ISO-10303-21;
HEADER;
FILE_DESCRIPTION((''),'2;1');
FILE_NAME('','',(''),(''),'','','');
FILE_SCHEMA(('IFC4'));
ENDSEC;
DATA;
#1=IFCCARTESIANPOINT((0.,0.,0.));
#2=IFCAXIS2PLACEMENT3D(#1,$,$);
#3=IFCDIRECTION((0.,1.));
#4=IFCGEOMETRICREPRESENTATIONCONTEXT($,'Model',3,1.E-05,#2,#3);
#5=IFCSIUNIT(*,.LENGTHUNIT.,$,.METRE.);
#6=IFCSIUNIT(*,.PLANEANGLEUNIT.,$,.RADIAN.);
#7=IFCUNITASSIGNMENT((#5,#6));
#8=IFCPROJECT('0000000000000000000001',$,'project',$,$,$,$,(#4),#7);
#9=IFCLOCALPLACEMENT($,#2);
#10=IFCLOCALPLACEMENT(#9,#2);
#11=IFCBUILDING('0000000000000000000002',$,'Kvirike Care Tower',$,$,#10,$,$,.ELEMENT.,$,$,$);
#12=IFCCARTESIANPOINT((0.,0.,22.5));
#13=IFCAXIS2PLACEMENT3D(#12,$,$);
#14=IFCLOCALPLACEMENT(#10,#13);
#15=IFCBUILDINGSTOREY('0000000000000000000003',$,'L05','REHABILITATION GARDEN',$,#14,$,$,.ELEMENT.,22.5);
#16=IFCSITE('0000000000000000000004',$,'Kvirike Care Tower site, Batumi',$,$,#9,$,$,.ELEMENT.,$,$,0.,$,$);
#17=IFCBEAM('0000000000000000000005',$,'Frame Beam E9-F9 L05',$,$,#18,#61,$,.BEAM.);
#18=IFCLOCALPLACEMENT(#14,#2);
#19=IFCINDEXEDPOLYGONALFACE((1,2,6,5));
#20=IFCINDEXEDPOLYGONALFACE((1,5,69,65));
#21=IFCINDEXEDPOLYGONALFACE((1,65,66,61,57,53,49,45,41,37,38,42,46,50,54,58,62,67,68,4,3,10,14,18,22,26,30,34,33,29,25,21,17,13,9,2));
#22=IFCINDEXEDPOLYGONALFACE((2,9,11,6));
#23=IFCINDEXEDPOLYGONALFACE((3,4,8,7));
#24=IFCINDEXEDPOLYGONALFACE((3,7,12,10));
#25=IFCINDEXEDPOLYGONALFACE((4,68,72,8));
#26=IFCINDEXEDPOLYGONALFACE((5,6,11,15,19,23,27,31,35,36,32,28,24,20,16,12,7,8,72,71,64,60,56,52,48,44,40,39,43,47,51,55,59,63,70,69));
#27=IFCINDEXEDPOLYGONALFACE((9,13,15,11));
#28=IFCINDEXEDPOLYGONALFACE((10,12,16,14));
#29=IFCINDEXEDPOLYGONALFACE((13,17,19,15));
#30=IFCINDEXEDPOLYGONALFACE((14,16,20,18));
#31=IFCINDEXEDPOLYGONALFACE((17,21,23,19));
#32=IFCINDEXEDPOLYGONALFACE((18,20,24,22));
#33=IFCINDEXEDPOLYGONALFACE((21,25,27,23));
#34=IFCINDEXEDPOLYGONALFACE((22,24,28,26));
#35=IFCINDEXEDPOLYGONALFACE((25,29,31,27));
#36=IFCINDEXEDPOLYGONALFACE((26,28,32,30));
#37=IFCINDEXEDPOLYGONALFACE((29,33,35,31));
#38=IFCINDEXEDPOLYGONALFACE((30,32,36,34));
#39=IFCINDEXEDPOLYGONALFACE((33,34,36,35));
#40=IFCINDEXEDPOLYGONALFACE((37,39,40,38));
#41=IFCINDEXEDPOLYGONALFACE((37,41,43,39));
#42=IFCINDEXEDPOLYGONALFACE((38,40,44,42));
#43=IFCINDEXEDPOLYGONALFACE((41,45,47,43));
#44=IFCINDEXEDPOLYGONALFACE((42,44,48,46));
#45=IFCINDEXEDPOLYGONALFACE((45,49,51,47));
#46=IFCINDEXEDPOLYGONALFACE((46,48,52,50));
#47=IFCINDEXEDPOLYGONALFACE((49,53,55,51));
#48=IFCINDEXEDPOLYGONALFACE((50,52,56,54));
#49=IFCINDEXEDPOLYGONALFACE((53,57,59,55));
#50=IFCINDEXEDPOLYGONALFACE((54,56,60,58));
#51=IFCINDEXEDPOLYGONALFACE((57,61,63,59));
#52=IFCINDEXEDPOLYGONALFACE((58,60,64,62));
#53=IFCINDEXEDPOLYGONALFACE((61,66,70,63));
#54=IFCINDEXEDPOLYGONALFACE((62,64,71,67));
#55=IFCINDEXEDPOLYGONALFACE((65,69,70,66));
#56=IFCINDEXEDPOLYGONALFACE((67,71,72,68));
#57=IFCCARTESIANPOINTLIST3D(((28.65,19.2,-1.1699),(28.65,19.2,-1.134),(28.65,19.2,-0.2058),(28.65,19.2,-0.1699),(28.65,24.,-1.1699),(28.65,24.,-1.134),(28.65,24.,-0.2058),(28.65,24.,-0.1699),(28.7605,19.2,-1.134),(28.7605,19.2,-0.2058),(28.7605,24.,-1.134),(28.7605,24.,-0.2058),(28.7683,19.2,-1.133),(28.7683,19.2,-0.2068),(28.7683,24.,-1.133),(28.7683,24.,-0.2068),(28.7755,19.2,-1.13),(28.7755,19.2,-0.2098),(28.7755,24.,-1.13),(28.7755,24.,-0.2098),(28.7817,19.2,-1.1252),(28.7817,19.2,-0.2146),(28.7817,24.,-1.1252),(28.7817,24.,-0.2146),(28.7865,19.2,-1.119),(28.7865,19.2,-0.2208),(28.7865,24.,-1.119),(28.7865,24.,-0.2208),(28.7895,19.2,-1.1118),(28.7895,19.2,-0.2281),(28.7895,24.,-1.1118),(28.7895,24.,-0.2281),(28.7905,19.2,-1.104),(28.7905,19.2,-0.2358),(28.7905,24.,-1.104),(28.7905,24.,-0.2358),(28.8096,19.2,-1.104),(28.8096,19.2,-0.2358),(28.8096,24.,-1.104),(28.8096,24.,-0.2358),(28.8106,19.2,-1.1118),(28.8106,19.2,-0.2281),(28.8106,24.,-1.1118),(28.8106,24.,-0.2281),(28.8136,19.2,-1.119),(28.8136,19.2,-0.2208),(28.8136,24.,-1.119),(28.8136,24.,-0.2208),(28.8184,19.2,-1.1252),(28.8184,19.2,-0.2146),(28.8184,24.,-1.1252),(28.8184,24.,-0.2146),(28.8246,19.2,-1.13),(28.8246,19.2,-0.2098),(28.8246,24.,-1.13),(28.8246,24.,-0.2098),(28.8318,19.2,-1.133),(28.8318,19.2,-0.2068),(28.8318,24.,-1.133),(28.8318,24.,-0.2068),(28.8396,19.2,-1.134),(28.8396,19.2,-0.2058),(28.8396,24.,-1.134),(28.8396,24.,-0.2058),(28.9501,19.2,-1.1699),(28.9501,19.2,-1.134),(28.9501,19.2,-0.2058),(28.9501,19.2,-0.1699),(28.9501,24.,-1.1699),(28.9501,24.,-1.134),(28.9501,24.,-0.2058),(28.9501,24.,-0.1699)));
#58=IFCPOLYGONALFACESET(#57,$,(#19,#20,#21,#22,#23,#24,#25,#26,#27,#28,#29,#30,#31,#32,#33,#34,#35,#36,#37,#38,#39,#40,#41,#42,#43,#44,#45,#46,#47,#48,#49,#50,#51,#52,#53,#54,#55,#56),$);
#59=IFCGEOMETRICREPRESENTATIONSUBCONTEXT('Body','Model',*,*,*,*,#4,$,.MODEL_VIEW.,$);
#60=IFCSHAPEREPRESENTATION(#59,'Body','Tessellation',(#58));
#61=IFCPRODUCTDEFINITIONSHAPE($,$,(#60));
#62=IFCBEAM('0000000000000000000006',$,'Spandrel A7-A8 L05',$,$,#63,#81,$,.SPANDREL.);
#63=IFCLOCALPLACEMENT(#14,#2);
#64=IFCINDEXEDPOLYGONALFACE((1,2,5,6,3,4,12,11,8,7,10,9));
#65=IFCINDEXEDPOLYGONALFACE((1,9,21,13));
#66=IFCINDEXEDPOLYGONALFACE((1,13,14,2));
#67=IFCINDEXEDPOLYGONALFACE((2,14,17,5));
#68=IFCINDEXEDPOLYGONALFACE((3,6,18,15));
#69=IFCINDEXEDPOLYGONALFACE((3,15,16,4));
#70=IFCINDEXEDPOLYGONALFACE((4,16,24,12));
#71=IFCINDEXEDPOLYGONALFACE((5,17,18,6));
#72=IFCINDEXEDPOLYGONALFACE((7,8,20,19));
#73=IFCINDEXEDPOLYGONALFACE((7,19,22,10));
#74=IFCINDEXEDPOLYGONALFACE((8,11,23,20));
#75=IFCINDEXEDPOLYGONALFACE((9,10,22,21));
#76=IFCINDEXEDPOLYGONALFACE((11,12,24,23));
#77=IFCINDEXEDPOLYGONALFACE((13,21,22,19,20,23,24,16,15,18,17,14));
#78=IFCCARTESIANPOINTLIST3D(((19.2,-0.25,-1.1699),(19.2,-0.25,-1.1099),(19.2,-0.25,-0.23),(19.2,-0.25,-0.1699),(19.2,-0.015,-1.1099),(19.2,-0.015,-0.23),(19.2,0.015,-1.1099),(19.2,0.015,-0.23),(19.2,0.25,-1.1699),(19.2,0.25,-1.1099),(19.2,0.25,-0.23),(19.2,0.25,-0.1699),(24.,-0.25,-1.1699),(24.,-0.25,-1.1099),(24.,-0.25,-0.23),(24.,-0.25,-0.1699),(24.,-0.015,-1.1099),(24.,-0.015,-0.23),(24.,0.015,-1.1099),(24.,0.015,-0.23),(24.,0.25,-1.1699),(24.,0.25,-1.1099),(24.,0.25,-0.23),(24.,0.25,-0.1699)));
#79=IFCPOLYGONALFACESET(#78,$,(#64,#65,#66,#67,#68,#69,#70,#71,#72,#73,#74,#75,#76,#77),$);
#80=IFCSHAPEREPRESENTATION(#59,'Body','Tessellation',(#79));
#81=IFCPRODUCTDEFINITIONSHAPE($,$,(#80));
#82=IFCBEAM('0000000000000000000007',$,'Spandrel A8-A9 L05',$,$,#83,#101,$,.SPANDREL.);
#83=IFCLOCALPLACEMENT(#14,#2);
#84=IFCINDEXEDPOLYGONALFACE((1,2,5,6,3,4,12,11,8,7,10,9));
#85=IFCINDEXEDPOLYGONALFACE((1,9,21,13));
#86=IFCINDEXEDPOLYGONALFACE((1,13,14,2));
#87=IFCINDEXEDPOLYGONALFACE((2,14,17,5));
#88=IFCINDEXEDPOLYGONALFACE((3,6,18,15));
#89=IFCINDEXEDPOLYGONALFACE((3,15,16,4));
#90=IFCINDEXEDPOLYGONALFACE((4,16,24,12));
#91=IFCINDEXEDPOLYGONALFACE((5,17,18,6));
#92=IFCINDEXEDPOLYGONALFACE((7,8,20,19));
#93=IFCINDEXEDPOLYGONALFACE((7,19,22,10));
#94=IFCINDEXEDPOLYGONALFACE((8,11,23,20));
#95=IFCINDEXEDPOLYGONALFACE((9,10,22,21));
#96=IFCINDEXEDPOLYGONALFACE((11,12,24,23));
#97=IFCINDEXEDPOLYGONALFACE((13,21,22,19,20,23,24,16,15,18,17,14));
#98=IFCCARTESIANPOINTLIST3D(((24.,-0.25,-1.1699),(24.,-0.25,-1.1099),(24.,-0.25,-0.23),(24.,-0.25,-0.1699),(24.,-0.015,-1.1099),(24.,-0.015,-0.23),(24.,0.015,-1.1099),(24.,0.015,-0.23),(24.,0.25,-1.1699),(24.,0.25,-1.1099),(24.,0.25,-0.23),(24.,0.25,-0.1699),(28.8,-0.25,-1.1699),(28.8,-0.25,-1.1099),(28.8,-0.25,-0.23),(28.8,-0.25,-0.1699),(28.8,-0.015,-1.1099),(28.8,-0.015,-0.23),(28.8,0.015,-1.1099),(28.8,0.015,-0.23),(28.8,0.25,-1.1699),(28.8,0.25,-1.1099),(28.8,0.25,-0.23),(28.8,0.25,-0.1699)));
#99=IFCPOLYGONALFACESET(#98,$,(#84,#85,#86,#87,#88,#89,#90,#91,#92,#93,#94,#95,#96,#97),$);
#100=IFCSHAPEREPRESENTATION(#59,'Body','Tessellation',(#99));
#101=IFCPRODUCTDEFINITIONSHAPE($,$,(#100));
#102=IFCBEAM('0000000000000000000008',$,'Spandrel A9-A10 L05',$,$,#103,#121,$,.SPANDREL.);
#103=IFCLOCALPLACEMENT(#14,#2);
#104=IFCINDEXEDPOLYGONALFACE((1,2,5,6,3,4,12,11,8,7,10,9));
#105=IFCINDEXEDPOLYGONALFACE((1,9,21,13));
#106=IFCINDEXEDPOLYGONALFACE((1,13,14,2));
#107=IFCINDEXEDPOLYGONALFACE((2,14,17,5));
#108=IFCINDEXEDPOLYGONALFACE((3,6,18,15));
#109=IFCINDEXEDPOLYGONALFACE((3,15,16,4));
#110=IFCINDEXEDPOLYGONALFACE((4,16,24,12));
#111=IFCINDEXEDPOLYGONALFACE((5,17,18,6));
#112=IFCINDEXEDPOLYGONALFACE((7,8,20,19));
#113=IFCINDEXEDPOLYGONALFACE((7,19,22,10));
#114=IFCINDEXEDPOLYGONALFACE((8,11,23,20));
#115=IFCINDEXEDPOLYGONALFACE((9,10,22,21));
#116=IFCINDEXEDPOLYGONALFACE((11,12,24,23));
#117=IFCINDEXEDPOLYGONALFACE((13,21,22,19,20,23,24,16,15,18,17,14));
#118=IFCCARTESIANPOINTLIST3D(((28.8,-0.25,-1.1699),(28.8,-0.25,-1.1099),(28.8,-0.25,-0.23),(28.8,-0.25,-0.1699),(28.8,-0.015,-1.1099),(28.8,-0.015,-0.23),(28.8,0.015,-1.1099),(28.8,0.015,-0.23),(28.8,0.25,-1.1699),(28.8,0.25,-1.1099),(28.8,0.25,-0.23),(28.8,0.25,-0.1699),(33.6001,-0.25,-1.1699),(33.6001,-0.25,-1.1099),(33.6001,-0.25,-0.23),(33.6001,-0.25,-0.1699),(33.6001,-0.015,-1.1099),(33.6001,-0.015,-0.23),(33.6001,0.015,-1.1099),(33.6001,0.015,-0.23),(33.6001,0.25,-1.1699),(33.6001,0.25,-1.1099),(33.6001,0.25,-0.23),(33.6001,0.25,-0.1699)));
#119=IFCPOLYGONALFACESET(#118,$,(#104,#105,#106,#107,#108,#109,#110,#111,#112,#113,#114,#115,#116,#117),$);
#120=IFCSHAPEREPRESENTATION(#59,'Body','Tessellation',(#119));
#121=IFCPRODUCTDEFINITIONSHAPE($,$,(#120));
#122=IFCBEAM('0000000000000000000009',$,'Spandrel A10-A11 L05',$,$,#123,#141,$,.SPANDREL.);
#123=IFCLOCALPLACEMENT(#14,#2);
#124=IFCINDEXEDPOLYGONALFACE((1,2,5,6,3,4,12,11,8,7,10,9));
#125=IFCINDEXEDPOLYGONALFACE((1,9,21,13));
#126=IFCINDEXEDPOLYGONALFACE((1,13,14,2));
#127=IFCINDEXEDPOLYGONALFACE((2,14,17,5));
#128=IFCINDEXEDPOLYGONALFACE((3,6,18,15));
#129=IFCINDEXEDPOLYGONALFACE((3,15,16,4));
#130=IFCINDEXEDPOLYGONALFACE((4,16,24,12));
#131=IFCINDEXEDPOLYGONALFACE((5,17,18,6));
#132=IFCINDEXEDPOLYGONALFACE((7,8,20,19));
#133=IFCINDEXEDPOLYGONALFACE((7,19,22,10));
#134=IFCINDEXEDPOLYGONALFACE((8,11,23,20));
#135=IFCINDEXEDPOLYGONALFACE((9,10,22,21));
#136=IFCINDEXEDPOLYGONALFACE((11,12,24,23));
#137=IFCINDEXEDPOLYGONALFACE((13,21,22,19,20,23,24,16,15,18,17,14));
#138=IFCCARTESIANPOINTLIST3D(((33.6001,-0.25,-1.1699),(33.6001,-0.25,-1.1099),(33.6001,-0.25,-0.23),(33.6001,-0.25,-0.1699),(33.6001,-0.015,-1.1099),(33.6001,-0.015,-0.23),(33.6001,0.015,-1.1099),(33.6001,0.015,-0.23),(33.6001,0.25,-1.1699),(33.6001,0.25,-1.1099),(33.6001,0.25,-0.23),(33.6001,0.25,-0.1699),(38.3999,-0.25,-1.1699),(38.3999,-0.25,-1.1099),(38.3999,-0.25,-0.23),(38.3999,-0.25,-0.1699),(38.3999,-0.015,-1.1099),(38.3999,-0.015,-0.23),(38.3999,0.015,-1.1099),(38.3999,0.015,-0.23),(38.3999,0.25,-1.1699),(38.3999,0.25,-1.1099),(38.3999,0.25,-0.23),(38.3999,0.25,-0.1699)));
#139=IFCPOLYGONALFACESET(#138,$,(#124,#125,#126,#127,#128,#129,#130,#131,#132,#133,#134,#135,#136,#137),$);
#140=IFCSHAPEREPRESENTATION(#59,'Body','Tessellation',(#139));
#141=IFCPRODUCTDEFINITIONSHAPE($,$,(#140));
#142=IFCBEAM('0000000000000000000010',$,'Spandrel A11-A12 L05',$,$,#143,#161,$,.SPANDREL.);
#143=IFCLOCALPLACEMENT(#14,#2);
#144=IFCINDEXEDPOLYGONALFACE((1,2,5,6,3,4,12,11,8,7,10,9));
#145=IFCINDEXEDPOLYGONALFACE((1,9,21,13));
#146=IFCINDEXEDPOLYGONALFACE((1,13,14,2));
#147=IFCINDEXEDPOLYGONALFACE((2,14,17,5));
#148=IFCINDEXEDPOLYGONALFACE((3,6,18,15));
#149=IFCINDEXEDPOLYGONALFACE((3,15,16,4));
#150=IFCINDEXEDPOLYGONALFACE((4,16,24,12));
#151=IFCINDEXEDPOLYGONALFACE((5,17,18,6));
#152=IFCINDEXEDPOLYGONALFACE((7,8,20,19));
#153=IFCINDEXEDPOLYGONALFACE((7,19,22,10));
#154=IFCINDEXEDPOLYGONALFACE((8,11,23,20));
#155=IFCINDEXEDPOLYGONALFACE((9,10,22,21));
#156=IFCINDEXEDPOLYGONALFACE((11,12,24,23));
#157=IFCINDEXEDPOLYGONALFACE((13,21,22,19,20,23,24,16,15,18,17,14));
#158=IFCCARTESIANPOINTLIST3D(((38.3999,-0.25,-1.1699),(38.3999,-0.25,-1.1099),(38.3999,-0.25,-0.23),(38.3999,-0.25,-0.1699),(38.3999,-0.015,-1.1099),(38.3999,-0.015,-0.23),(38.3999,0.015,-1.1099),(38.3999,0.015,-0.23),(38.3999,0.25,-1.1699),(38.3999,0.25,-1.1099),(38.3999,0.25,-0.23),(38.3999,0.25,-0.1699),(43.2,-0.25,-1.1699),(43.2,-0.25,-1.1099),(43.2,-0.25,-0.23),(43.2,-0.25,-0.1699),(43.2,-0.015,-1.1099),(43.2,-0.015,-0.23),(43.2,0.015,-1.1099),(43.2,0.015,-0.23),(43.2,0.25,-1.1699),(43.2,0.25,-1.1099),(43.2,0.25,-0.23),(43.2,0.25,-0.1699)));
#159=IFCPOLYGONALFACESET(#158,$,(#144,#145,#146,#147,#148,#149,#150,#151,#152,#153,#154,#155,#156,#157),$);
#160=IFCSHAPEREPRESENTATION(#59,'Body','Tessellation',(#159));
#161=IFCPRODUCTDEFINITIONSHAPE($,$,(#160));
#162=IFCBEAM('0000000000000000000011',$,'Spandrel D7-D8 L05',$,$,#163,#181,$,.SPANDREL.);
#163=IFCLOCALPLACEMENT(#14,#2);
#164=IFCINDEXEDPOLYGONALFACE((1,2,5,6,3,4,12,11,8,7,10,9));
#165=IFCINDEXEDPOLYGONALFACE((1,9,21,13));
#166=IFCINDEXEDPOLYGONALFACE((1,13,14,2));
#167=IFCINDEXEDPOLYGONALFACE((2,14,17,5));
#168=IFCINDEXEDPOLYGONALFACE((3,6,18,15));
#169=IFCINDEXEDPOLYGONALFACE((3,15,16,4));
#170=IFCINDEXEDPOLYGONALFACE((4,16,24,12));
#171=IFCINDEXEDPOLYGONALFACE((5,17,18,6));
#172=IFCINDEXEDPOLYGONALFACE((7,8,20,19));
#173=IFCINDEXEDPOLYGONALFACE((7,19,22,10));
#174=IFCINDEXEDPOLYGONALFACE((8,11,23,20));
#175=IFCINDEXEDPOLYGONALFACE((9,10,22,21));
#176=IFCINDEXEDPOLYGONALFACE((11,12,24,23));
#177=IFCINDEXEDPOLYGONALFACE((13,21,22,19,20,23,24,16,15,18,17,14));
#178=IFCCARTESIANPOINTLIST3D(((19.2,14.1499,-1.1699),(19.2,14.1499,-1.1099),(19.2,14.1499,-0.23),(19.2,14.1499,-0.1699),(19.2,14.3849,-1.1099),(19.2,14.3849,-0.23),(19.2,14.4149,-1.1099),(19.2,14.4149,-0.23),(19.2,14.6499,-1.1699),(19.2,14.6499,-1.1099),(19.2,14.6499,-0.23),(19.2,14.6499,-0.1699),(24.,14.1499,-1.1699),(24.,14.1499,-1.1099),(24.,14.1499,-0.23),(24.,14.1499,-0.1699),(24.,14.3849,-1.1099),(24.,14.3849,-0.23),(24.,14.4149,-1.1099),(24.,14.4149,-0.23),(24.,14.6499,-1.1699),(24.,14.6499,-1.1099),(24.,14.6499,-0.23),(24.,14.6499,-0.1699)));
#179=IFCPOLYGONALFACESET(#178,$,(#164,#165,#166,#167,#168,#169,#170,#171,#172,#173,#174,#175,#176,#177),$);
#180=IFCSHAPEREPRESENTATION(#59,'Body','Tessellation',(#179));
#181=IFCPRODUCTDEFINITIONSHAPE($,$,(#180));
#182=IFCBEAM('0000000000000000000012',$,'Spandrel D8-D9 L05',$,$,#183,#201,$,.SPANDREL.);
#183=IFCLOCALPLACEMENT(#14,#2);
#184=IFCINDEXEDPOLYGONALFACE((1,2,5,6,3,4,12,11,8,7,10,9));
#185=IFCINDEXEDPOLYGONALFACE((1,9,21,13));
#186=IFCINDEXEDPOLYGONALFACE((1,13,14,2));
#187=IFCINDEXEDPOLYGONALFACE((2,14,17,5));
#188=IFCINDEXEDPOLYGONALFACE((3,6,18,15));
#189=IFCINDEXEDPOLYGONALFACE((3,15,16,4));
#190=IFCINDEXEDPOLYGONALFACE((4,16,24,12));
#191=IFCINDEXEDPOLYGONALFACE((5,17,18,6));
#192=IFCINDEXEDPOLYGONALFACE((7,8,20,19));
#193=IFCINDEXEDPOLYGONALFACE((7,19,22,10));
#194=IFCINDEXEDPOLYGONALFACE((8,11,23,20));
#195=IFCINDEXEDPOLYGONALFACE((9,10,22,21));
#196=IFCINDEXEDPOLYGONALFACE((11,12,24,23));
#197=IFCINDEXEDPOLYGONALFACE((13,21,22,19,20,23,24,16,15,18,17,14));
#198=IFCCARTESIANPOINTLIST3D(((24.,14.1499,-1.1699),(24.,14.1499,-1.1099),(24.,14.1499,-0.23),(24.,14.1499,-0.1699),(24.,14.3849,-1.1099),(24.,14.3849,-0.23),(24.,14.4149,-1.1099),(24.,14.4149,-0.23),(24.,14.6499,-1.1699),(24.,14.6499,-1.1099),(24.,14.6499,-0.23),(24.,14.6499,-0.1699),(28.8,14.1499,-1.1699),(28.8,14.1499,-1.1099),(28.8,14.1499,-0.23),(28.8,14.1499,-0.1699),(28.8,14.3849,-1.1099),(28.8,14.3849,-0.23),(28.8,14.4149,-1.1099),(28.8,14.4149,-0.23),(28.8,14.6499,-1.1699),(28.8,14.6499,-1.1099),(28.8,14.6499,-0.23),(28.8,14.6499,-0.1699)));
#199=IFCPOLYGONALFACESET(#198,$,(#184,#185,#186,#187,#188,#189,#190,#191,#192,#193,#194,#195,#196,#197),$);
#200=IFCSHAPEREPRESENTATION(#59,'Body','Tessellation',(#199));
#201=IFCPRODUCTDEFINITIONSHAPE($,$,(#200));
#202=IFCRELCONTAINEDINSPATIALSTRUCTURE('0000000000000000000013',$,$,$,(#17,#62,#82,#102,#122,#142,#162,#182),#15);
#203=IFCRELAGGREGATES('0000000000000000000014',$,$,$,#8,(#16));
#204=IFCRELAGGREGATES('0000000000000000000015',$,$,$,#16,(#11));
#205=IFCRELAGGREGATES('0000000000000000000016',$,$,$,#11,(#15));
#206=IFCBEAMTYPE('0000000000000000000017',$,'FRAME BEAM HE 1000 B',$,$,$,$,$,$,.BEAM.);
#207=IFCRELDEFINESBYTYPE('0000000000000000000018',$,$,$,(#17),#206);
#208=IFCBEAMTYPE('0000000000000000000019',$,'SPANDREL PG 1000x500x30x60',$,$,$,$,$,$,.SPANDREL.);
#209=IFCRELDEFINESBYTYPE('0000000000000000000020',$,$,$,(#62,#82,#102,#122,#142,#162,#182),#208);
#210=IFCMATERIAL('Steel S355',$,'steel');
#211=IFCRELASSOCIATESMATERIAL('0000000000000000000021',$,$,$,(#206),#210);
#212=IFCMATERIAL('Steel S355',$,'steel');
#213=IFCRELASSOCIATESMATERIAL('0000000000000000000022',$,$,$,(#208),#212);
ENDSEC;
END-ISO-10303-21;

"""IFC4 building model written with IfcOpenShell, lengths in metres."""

from ifc_helpers import new_model, si_unit, direction, frame, origin, origin_2d, place, context, subcontext, project, spatial, i_section, extrude, material, material_profile, profile_set, type_object, element, save


model = new_model("IFC4")

# Units and contexts
model_context = context("Model", 3, precision=1e-05, world=origin(), true_north=direction((0.0, 1.0)))
body_context = subcontext(model_context, "Body", "Model", "MODEL_VIEW")
ifc_project = project(units=[si_unit("LENGTHUNIT", "METRE"), si_unit("PLANEANGLEUNIT", "RADIAN")], contexts=[model_context])

# Site, building, storey
site_placement = place(None, origin())
site = spatial("IfcSite", under=ifc_project, at=site_placement, Name="Kvirike Care Tower site, Batumi", CompositionType="ELEMENT", RefElevation=0.0)
building_placement = place(site_placement, origin())
building = spatial("IfcBuilding", under=site, at=building_placement, Name="Kvirike Care Tower", CompositionType="ELEMENT")
storey_placement = place(building_placement, frame((0.0, 0.0, 22.5)))
storey = spatial("IfcBuildingStorey", under=building, at=storey_placement, Name="L05", Description="REHABILITATION GARDEN", CompositionType="ELEMENT", Elevation=22.5)

# Beams
ifc_material_1 = material(Name="Steel S355", Category="steel")
ifc_material_profile_1 = material_profile(ifc_material_1, i_section(OverallWidth=0.3, OverallDepth=1.0, WebThickness=0.019, FlangeThickness=0.0359, FilletRadius=0.03, at=origin_2d()), Name="HE 1000 B")
ifc_profile_set_1 = profile_set([ifc_material_profile_1], Name="Steel S355")
beam_type_1 = type_object("IfcBeamType", Name="FRAME BEAM HE 1000 B", PredefinedType="BEAM", material=ifc_profile_set_1)
for number, where, z_axis, x_axis, name in (
    (1, (28.8, 19.2, -0.6699), (0.0, 1.0, 0.0), (-1.0, 0.0, 0.0), "Frame Beam E9-F9 L05"),
):
    element("IfcBeam", number, at=place(storey_placement, frame(where, z_axis=z_axis, x_axis=x_axis)), inside=storey, type_object=beam_type_1, Name=name, PredefinedType="BEAM", context=body_context, shape_type="SweptSolid", body=[
        extrude(i_section(OverallWidth=0.3, OverallDepth=1.0, WebThickness=0.019, FlangeThickness=0.0359, FilletRadius=0.03, at=origin_2d()), origin(), (0.0, 0.0, 1.0), 4.8),
    ])
ifc_material_2 = material(Name="Steel S355", Category="steel")
ifc_material_profile_2 = material_profile(ifc_material_2, i_section(OverallWidth=0.5, OverallDepth=1.0, WebThickness=0.03, FlangeThickness=0.0601, at=origin_2d()), Name="PG 1000x500x30x60")
ifc_profile_set_2 = profile_set([ifc_material_profile_2], Name="Steel S355")
beam_type_2 = type_object("IfcBeamType", Name="SPANDREL PG 1000x500x30x60", PredefinedType="SPANDREL", material=ifc_profile_set_2)
for number, where, z_axis, x_axis, name in (
    (2, (19.2, 0.0, -0.6699), (1.0, 0.0, 0.0), (0.0, 1.0, 0.0), "Spandrel A7-A8 L05"),
    (3, (24.0, 0.0, -0.6699), (1.0, 0.0, 0.0), (0.0, 1.0, 0.0), "Spandrel A8-A9 L05"),
    (4, (28.8, 0.0, -0.6699), (1.0, 0.0, 0.0), (0.0, 1.0, 0.0), "Spandrel A9-A10 L05"),
):
    element("IfcBeam", number, at=place(storey_placement, frame(where, z_axis=z_axis, x_axis=x_axis)), inside=storey, type_object=beam_type_2, Name=name, PredefinedType="SPANDREL", context=body_context, shape_type="SweptSolid", body=[
        extrude(i_section(OverallWidth=0.5, OverallDepth=1.0, WebThickness=0.03, FlangeThickness=0.0601, at=origin_2d()), origin(), (0.0, 0.0, 1.0), 4.8),
    ])
beam_1_placement = place(storey_placement, frame((33.6001, 0.0, -0.6699), z_axis=(1.0, 0.0, 0.0), x_axis=(0.0, 1.0, 0.0)))
element("IfcBeam", 5, at=beam_1_placement, inside=storey, type_object=beam_type_2, Name="Spandrel A10-A11 L05", PredefinedType="SPANDREL", context=body_context, shape_type="SweptSolid", body=[
    extrude(i_section(OverallWidth=0.5, OverallDepth=1.0, WebThickness=0.03, FlangeThickness=0.0601, at=origin_2d()), origin(), (0.0, 0.0, 1.0), 4.7998),
])
for number, where, z_axis, x_axis, name in (
    (6, (38.3999, 0.0, -0.6699), (1.0, 0.0, 0.0), (0.0, 1.0, 0.0), "Spandrel A11-A12 L05"),
    (7, (19.2, 14.3999, -0.6699), (1.0, 0.0, 0.0), (0.0, 1.0, 0.0), "Spandrel D7-D8 L05"),
    (8, (24.0, 14.3999, -0.6699), (1.0, 0.0, 0.0), (0.0, 1.0, 0.0), "Spandrel D8-D9 L05"),
):
    element("IfcBeam", number, at=place(storey_placement, frame(where, z_axis=z_axis, x_axis=x_axis)), inside=storey, type_object=beam_type_2, Name=name, PredefinedType="SPANDREL", context=body_context, shape_type="SweptSolid", body=[
        extrude(i_section(OverallWidth=0.5, OverallDepth=1.0, WebThickness=0.03, FlangeThickness=0.0601, at=origin_2d()), origin(), (0.0, 0.0, 1.0), 4.8),
    ])

save(model, "model.ifc")
